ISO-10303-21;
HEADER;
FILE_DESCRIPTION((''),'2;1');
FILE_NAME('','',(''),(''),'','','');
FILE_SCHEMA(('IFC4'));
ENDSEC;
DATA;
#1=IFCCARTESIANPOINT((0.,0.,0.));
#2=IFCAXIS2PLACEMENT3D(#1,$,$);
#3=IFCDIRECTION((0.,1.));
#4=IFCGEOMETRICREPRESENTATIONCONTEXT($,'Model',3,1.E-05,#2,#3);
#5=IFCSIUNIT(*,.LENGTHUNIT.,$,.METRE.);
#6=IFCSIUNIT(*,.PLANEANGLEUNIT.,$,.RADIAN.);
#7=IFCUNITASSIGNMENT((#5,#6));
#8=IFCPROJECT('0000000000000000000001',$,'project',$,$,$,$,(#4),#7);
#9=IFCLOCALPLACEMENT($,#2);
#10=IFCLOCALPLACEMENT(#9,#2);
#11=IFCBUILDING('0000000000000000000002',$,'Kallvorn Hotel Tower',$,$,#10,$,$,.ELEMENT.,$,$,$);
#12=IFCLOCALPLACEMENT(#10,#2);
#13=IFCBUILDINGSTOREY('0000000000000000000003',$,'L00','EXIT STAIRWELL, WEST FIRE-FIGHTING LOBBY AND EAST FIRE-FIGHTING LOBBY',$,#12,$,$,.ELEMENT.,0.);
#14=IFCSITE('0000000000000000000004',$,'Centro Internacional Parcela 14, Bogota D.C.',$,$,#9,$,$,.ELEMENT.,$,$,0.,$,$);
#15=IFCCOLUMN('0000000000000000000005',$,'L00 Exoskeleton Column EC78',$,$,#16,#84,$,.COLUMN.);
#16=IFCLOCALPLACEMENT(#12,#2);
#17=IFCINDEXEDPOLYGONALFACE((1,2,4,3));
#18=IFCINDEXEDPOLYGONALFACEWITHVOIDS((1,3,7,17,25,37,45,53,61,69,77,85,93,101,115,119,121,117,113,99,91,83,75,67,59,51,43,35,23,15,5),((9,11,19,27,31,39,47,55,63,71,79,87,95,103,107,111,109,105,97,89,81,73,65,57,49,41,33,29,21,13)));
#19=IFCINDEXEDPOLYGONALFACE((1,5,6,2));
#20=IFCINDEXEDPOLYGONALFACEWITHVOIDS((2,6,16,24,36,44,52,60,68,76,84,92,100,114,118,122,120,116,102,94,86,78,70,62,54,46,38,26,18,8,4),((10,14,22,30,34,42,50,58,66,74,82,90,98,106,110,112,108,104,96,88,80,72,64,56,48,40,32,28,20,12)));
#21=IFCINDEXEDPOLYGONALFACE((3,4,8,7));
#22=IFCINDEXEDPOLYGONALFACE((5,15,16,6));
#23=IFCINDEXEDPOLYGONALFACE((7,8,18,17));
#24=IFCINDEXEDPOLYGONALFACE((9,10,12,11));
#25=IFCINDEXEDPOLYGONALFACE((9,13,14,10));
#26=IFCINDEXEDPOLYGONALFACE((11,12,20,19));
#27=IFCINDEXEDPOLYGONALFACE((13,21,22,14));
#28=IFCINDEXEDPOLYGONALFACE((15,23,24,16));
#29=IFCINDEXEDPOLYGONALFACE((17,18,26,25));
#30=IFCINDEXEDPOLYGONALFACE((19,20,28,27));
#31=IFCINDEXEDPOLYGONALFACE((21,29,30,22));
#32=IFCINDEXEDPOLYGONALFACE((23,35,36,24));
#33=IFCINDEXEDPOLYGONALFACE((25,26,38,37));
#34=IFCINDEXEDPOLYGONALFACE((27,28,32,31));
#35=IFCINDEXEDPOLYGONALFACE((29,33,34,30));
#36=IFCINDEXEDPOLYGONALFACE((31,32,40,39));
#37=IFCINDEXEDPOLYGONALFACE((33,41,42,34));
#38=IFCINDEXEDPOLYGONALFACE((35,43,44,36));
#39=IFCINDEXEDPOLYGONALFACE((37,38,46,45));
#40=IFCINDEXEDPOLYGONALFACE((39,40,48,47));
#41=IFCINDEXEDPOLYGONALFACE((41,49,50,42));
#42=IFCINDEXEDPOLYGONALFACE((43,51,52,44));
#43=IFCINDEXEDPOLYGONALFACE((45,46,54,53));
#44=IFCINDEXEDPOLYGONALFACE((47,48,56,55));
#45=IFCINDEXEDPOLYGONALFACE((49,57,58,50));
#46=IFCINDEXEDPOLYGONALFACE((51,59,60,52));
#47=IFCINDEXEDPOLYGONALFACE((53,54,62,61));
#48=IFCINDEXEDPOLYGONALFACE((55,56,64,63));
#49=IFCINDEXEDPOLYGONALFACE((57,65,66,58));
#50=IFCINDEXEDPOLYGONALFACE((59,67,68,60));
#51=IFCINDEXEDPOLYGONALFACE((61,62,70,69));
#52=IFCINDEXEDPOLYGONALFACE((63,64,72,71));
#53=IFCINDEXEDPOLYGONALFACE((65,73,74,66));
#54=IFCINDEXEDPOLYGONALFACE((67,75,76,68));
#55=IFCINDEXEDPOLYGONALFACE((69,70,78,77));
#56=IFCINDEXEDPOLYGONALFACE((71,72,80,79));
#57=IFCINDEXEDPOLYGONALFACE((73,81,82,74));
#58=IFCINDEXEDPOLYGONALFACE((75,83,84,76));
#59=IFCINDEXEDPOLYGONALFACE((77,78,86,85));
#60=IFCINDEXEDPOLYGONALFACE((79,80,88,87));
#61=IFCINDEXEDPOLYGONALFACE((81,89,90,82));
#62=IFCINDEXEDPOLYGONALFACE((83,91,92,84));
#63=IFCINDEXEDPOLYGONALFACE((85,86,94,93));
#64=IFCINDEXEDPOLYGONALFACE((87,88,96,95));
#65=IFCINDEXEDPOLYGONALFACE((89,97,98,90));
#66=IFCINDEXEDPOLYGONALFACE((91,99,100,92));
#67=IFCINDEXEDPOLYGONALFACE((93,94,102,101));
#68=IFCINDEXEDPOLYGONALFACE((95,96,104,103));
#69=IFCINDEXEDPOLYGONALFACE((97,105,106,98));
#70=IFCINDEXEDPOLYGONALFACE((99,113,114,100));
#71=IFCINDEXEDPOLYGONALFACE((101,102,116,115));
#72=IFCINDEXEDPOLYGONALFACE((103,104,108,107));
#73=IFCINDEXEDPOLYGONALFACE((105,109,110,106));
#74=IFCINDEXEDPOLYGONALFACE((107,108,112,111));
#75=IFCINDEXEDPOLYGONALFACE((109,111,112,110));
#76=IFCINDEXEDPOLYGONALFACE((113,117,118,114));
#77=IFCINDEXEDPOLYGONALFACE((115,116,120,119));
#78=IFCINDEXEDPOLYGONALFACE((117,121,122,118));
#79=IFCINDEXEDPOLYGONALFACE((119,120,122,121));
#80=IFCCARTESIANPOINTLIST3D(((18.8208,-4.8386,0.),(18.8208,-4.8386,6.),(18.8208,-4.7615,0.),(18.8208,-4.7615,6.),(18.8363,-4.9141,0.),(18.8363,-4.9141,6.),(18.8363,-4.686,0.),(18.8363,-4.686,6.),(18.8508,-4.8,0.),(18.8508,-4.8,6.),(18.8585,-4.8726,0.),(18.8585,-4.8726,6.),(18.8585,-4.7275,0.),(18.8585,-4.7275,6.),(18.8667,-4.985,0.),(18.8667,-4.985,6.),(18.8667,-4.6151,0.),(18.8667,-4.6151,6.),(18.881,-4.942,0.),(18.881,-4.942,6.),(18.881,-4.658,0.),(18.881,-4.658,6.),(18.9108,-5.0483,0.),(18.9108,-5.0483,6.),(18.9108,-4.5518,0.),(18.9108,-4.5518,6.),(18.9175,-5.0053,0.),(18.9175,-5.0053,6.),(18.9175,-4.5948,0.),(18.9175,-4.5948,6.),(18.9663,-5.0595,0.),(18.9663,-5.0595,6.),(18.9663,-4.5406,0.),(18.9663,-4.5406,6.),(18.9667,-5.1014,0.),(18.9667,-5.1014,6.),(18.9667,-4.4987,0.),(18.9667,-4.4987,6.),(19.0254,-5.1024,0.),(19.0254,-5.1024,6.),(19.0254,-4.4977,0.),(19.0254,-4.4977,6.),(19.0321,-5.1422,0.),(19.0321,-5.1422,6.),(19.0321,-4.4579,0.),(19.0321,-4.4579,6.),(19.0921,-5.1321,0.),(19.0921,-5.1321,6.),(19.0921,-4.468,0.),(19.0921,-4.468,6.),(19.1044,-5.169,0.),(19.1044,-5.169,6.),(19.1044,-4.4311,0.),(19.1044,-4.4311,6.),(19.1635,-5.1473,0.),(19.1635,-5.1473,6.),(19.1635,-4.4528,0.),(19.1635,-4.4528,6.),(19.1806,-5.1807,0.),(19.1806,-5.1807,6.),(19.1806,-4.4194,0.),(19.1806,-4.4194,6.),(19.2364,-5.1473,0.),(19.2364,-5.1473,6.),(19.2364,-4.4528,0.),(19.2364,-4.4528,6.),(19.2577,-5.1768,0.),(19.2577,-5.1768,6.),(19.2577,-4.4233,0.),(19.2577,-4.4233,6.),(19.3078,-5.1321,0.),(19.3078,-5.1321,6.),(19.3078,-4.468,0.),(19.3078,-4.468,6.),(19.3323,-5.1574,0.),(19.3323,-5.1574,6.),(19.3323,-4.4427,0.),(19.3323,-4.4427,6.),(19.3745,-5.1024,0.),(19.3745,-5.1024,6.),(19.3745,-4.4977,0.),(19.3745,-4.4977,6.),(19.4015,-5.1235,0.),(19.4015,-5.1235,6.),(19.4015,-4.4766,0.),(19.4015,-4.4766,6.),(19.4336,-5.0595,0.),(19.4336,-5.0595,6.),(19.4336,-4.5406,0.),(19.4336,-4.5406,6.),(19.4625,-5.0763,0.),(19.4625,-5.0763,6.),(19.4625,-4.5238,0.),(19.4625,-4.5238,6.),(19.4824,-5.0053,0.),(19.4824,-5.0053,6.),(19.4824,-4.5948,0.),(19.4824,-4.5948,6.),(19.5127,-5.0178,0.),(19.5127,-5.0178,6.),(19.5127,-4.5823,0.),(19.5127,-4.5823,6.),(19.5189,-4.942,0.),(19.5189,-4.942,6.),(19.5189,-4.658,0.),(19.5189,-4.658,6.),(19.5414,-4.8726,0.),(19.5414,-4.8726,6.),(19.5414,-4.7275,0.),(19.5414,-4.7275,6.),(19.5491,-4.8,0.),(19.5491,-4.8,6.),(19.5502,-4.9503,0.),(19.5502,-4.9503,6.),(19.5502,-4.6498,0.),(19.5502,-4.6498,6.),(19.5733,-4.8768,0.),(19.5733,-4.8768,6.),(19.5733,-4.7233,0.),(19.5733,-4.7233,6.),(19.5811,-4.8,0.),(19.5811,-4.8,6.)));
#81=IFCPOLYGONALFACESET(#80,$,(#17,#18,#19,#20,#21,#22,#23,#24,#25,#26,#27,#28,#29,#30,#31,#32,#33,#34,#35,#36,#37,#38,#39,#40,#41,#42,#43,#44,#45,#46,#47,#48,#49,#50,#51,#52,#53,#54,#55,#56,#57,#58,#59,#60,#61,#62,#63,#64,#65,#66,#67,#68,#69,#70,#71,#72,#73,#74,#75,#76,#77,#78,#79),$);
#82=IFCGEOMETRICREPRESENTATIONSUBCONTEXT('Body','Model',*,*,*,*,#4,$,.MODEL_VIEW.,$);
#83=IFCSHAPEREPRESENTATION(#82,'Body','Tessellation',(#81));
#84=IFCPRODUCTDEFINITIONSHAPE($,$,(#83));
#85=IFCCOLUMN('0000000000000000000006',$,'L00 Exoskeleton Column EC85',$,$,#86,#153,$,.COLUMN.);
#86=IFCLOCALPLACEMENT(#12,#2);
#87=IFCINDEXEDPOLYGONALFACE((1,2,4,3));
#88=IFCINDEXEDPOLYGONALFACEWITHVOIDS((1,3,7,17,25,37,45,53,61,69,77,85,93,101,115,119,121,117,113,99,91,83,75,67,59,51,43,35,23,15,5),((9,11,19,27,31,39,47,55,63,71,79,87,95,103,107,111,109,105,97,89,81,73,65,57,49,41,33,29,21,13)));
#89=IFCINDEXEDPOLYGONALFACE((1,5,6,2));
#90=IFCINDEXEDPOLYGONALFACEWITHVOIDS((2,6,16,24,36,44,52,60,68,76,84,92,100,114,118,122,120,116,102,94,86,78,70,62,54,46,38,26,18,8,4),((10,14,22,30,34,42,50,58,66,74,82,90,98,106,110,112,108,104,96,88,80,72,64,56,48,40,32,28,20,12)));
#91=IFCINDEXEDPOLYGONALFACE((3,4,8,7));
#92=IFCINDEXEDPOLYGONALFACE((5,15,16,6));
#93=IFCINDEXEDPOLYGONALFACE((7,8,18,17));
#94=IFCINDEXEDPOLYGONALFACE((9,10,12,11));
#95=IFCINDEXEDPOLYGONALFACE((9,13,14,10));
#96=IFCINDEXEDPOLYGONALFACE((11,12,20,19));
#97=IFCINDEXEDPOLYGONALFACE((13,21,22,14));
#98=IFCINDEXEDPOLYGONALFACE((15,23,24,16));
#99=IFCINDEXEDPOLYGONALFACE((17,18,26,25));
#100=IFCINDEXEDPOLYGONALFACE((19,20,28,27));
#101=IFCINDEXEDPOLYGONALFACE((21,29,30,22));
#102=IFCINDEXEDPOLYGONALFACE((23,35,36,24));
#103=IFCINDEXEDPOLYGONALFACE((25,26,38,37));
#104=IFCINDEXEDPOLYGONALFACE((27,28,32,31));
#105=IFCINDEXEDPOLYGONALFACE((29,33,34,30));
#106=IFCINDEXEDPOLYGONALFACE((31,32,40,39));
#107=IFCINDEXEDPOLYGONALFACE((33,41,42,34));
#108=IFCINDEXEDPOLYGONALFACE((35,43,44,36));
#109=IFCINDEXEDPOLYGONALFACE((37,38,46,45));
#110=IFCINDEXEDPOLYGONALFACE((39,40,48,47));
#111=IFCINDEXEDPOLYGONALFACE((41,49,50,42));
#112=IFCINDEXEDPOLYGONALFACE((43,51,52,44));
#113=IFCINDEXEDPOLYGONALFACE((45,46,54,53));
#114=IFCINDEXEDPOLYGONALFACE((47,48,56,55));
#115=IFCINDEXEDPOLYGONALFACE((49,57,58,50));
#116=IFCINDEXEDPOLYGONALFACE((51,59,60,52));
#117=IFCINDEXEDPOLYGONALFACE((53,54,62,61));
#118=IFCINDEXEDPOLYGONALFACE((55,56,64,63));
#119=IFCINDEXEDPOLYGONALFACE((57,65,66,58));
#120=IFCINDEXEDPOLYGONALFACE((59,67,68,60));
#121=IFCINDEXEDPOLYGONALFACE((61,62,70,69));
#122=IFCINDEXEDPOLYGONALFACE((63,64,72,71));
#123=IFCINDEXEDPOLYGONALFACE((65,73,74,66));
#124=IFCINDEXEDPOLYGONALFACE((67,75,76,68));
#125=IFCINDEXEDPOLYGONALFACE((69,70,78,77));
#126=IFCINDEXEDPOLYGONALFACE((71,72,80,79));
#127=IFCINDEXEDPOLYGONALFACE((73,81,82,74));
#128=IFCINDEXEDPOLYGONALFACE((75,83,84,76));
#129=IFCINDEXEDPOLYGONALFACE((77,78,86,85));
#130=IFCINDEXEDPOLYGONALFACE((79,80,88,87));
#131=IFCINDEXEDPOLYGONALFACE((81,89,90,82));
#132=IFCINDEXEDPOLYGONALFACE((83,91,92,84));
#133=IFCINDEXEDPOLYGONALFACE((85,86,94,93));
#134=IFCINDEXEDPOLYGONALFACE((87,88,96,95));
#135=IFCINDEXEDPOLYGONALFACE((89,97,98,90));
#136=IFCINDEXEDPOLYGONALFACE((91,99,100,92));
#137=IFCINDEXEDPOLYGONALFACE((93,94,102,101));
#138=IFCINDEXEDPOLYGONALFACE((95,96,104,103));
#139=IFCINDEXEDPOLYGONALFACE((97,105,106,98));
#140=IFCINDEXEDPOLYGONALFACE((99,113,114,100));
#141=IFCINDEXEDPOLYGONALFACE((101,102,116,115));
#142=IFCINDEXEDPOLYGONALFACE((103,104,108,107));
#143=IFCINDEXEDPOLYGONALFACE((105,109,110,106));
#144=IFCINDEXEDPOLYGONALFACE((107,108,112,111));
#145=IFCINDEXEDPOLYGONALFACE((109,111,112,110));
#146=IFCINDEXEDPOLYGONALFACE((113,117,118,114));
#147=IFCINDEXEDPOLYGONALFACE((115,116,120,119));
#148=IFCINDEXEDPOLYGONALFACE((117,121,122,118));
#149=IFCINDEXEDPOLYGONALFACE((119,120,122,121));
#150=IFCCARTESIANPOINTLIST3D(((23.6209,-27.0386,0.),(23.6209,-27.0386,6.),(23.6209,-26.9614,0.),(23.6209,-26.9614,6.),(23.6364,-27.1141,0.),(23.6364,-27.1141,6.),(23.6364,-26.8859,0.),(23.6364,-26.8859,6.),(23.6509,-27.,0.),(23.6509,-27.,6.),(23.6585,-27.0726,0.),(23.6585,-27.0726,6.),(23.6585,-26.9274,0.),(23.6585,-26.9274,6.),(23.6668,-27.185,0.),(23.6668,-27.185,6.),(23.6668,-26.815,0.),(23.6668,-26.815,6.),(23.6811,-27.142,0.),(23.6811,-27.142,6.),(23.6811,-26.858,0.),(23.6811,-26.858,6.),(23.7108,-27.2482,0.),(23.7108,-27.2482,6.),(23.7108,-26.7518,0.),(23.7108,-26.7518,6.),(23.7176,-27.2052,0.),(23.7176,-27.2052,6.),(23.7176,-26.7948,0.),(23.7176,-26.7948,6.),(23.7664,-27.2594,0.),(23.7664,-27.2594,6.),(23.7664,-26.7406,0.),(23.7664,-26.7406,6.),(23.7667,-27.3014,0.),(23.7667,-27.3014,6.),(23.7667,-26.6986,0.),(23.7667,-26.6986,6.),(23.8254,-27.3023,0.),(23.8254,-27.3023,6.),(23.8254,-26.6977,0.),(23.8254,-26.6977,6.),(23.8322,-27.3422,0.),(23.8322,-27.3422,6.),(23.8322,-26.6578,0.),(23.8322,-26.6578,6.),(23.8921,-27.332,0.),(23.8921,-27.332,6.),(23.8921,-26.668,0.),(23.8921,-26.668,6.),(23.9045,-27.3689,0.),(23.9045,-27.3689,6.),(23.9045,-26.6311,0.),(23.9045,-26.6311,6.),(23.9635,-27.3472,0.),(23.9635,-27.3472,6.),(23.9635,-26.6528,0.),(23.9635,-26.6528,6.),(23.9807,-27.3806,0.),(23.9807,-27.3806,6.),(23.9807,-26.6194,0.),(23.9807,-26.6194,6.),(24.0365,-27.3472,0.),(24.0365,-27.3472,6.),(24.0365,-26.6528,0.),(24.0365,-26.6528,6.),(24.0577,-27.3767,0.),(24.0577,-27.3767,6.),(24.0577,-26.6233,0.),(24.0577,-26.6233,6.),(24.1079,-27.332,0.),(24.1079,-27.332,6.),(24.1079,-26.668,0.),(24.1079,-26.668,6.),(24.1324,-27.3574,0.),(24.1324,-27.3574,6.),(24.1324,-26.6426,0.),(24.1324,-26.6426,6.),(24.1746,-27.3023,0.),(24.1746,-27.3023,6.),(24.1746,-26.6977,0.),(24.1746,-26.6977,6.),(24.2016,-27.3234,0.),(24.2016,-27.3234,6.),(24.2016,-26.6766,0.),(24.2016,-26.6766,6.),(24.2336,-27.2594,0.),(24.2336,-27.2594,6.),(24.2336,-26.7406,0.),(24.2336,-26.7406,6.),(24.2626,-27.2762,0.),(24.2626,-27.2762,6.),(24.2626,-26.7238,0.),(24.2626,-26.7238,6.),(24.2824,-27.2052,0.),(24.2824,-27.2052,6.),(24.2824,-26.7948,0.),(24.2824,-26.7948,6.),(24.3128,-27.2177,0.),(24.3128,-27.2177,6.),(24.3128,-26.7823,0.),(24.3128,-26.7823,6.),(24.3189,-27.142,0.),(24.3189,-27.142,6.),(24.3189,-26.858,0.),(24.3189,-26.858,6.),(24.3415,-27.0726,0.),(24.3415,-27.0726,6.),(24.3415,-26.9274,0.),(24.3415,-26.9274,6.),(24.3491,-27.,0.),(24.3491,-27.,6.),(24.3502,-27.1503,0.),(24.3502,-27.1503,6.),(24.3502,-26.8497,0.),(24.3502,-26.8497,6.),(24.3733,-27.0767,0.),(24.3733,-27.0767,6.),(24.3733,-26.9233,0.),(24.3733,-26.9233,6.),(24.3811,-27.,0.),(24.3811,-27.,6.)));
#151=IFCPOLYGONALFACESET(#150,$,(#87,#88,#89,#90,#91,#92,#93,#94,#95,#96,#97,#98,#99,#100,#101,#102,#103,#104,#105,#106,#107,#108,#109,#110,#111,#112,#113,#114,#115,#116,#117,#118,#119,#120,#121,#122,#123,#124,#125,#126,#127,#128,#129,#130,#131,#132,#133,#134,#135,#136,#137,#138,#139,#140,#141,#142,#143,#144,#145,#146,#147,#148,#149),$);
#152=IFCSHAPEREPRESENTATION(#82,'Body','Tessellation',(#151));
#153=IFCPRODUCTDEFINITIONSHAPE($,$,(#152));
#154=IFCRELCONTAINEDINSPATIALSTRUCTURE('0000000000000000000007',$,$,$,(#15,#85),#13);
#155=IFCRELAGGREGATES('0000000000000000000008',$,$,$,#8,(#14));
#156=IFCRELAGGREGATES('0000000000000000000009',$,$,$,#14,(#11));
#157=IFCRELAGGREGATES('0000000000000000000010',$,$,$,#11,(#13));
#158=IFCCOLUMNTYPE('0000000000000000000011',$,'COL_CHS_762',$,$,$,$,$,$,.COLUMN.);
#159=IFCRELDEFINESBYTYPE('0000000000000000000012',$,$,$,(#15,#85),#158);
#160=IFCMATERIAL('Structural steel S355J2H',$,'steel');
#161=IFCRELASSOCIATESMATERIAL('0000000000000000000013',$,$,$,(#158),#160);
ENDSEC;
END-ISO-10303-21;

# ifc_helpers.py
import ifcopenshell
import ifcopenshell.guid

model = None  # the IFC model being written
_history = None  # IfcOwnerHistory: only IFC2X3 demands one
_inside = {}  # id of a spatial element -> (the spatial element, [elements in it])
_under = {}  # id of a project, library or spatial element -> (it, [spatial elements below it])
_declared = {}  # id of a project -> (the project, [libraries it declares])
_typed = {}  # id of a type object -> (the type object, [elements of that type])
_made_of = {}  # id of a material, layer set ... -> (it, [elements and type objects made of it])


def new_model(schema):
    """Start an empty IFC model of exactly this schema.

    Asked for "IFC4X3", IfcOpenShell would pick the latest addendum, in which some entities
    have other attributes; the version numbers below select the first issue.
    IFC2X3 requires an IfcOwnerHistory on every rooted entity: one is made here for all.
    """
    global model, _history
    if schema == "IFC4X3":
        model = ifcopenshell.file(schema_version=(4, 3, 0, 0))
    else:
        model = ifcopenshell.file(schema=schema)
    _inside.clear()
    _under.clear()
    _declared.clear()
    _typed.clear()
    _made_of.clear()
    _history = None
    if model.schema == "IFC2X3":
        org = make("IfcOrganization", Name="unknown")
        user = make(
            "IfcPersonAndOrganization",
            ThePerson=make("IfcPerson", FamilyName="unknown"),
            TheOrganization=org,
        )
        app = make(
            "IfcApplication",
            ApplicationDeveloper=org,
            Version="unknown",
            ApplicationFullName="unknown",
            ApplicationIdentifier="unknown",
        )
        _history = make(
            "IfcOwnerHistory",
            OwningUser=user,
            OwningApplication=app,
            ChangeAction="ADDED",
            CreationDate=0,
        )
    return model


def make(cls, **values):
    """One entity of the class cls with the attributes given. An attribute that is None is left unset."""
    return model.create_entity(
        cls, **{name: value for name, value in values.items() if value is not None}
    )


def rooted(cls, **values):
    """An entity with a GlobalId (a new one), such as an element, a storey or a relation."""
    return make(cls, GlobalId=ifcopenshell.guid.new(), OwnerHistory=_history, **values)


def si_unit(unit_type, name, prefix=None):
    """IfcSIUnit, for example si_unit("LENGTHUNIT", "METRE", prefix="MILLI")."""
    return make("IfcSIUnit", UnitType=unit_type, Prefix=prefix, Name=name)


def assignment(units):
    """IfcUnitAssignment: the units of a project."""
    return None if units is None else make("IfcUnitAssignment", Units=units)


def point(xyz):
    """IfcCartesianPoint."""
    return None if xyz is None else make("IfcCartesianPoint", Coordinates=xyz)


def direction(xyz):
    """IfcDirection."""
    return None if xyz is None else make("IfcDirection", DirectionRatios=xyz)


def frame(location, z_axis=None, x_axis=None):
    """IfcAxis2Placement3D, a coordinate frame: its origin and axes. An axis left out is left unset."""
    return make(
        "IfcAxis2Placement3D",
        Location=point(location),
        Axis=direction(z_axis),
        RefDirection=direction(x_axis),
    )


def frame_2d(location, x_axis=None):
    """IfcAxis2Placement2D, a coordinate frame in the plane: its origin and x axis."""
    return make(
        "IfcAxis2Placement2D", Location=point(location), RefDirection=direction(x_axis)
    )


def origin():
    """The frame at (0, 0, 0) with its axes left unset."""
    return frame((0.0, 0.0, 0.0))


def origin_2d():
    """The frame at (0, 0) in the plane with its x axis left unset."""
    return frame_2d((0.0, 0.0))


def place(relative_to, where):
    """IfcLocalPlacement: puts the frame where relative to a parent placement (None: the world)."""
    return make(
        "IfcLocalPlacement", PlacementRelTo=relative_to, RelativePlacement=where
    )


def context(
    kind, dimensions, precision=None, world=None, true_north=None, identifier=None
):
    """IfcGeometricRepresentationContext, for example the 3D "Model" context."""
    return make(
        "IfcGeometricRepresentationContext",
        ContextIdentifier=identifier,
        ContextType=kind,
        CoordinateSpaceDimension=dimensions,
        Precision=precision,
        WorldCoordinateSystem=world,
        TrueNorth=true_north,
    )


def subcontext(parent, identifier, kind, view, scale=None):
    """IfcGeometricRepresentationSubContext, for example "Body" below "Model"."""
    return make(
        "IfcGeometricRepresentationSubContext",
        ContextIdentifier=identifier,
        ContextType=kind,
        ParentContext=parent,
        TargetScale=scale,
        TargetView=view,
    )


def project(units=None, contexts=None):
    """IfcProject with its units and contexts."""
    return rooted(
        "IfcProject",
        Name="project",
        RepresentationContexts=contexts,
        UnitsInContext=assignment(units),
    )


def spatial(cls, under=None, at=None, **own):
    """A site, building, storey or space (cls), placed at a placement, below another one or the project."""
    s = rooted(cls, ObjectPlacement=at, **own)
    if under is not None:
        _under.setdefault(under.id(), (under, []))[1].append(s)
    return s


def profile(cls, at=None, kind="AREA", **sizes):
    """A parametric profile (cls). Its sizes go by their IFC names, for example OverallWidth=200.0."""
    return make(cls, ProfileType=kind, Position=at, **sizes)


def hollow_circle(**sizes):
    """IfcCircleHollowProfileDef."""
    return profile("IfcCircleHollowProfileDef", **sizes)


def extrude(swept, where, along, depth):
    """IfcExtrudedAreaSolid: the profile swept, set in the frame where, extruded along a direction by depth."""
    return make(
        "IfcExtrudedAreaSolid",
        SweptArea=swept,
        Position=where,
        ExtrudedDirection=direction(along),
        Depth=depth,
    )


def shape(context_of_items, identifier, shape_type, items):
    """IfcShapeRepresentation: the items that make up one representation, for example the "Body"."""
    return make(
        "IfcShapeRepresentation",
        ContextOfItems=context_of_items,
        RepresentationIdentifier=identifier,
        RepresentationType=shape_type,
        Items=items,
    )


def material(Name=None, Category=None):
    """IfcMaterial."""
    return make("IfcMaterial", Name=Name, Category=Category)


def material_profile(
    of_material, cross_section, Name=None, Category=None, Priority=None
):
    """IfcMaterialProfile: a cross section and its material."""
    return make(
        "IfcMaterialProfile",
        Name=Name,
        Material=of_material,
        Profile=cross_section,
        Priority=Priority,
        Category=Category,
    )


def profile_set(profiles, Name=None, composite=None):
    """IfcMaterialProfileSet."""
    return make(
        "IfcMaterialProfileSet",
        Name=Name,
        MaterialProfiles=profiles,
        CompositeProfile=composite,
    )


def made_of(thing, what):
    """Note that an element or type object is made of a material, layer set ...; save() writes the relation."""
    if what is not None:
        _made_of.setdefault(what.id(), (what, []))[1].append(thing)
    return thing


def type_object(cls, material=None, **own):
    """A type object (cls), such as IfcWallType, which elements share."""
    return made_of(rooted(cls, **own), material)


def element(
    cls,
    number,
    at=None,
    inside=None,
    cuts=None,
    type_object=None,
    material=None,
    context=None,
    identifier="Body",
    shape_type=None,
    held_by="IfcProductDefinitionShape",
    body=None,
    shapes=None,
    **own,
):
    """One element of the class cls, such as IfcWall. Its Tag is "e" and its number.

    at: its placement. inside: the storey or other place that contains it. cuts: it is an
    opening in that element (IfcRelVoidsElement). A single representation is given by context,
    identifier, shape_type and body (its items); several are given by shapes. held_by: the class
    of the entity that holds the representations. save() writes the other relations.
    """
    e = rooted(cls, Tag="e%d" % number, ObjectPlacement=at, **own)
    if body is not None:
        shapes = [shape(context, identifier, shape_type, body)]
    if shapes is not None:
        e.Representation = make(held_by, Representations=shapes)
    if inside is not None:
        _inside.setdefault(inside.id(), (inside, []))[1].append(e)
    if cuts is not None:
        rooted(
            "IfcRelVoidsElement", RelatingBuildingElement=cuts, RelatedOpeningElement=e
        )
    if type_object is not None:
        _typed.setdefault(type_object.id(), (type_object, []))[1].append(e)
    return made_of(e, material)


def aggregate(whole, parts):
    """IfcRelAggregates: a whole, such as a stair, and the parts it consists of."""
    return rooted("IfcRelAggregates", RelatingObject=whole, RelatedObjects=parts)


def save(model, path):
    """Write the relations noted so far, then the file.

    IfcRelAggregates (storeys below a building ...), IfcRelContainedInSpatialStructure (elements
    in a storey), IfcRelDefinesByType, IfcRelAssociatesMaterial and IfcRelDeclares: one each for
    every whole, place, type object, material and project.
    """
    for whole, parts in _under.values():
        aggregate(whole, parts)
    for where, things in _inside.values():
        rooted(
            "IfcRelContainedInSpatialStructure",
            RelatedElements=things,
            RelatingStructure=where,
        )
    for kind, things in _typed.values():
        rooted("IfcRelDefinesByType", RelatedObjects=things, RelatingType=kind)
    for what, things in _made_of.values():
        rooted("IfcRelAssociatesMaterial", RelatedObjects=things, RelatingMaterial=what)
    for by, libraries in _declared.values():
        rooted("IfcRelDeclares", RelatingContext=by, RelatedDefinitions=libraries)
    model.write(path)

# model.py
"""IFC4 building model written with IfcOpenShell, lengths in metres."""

from ifc_helpers import new_model, si_unit, direction, frame, origin, origin_2d, place, context, subcontext, project, spatial, hollow_circle, extrude, material, material_profile, profile_set, type_object, element, save


model = new_model("IFC4")

# Units and contexts
model_context = context("Model", 3, precision=1e-05, world=origin(), true_north=direction((0.0, 1.0)))
body_context = subcontext(model_context, "Body", "Model", "MODEL_VIEW")
ifc_project = project(units=[si_unit("LENGTHUNIT", "METRE"), si_unit("PLANEANGLEUNIT", "RADIAN")], contexts=[model_context])

# Site, building, storey
site_placement = place(None, origin())
site = spatial("IfcSite", under=ifc_project, at=site_placement, Name="Centro Internacional Parcela 14, Bogota D.C.", CompositionType="ELEMENT", RefElevation=0.0)
building_placement = place(site_placement, origin())
building = spatial("IfcBuilding", under=site, at=building_placement, Name="Kallvorn Hotel Tower", CompositionType="ELEMENT")
storey_placement = place(building_placement, origin())
storey = spatial("IfcBuildingStorey", under=building, at=storey_placement, Name="L00", Description="EXIT STAIRWELL, WEST FIRE-FIGHTING LOBBY AND EAST FIRE-FIGHTING LOBBY", CompositionType="ELEMENT", Elevation=0.0)

# Columns
ifc_material_1 = material(Name="Structural steel S355J2H", Category="steel")
ifc_material_profile_1 = material_profile(ifc_material_1, hollow_circle(Radius=0.3811, WallThickness=0.032, at=origin_2d()), Name="CHS 762x32")
ifc_profile_set_1 = profile_set([ifc_material_profile_1], Name="Structural steel S355J2H")
column_type_1 = type_object("IfcColumnType", Name="COL_CHS_762", PredefinedType="COLUMN", material=ifc_profile_set_1)
for number, where, z_axis, x_axis, name in (
    (1, (19.2, -4.8, 0.0), (0.0, 0.0, 1.0), (1.0, 0.0, 0.0), "L00 Exoskeleton Column EC78"),
    (2, (24.0, -27.0, 0.0), (0.0, 0.0, 1.0), (1.0, 0.0, 0.0), "L00 Exoskeleton Column EC85"),
):
    element("IfcColumn", number, at=place(storey_placement, frame(where, z_axis=z_axis, x_axis=x_axis)), inside=storey, type_object=column_type_1, Name=name, PredefinedType="COLUMN", context=body_context, shape_type="SweptSolid", body=[
        extrude(hollow_circle(Radius=0.3811, WallThickness=0.032, at=origin_2d()), origin(), (0.0, 0.0, 1.0), 6.0),
    ])

save(model, "model.ifc")
